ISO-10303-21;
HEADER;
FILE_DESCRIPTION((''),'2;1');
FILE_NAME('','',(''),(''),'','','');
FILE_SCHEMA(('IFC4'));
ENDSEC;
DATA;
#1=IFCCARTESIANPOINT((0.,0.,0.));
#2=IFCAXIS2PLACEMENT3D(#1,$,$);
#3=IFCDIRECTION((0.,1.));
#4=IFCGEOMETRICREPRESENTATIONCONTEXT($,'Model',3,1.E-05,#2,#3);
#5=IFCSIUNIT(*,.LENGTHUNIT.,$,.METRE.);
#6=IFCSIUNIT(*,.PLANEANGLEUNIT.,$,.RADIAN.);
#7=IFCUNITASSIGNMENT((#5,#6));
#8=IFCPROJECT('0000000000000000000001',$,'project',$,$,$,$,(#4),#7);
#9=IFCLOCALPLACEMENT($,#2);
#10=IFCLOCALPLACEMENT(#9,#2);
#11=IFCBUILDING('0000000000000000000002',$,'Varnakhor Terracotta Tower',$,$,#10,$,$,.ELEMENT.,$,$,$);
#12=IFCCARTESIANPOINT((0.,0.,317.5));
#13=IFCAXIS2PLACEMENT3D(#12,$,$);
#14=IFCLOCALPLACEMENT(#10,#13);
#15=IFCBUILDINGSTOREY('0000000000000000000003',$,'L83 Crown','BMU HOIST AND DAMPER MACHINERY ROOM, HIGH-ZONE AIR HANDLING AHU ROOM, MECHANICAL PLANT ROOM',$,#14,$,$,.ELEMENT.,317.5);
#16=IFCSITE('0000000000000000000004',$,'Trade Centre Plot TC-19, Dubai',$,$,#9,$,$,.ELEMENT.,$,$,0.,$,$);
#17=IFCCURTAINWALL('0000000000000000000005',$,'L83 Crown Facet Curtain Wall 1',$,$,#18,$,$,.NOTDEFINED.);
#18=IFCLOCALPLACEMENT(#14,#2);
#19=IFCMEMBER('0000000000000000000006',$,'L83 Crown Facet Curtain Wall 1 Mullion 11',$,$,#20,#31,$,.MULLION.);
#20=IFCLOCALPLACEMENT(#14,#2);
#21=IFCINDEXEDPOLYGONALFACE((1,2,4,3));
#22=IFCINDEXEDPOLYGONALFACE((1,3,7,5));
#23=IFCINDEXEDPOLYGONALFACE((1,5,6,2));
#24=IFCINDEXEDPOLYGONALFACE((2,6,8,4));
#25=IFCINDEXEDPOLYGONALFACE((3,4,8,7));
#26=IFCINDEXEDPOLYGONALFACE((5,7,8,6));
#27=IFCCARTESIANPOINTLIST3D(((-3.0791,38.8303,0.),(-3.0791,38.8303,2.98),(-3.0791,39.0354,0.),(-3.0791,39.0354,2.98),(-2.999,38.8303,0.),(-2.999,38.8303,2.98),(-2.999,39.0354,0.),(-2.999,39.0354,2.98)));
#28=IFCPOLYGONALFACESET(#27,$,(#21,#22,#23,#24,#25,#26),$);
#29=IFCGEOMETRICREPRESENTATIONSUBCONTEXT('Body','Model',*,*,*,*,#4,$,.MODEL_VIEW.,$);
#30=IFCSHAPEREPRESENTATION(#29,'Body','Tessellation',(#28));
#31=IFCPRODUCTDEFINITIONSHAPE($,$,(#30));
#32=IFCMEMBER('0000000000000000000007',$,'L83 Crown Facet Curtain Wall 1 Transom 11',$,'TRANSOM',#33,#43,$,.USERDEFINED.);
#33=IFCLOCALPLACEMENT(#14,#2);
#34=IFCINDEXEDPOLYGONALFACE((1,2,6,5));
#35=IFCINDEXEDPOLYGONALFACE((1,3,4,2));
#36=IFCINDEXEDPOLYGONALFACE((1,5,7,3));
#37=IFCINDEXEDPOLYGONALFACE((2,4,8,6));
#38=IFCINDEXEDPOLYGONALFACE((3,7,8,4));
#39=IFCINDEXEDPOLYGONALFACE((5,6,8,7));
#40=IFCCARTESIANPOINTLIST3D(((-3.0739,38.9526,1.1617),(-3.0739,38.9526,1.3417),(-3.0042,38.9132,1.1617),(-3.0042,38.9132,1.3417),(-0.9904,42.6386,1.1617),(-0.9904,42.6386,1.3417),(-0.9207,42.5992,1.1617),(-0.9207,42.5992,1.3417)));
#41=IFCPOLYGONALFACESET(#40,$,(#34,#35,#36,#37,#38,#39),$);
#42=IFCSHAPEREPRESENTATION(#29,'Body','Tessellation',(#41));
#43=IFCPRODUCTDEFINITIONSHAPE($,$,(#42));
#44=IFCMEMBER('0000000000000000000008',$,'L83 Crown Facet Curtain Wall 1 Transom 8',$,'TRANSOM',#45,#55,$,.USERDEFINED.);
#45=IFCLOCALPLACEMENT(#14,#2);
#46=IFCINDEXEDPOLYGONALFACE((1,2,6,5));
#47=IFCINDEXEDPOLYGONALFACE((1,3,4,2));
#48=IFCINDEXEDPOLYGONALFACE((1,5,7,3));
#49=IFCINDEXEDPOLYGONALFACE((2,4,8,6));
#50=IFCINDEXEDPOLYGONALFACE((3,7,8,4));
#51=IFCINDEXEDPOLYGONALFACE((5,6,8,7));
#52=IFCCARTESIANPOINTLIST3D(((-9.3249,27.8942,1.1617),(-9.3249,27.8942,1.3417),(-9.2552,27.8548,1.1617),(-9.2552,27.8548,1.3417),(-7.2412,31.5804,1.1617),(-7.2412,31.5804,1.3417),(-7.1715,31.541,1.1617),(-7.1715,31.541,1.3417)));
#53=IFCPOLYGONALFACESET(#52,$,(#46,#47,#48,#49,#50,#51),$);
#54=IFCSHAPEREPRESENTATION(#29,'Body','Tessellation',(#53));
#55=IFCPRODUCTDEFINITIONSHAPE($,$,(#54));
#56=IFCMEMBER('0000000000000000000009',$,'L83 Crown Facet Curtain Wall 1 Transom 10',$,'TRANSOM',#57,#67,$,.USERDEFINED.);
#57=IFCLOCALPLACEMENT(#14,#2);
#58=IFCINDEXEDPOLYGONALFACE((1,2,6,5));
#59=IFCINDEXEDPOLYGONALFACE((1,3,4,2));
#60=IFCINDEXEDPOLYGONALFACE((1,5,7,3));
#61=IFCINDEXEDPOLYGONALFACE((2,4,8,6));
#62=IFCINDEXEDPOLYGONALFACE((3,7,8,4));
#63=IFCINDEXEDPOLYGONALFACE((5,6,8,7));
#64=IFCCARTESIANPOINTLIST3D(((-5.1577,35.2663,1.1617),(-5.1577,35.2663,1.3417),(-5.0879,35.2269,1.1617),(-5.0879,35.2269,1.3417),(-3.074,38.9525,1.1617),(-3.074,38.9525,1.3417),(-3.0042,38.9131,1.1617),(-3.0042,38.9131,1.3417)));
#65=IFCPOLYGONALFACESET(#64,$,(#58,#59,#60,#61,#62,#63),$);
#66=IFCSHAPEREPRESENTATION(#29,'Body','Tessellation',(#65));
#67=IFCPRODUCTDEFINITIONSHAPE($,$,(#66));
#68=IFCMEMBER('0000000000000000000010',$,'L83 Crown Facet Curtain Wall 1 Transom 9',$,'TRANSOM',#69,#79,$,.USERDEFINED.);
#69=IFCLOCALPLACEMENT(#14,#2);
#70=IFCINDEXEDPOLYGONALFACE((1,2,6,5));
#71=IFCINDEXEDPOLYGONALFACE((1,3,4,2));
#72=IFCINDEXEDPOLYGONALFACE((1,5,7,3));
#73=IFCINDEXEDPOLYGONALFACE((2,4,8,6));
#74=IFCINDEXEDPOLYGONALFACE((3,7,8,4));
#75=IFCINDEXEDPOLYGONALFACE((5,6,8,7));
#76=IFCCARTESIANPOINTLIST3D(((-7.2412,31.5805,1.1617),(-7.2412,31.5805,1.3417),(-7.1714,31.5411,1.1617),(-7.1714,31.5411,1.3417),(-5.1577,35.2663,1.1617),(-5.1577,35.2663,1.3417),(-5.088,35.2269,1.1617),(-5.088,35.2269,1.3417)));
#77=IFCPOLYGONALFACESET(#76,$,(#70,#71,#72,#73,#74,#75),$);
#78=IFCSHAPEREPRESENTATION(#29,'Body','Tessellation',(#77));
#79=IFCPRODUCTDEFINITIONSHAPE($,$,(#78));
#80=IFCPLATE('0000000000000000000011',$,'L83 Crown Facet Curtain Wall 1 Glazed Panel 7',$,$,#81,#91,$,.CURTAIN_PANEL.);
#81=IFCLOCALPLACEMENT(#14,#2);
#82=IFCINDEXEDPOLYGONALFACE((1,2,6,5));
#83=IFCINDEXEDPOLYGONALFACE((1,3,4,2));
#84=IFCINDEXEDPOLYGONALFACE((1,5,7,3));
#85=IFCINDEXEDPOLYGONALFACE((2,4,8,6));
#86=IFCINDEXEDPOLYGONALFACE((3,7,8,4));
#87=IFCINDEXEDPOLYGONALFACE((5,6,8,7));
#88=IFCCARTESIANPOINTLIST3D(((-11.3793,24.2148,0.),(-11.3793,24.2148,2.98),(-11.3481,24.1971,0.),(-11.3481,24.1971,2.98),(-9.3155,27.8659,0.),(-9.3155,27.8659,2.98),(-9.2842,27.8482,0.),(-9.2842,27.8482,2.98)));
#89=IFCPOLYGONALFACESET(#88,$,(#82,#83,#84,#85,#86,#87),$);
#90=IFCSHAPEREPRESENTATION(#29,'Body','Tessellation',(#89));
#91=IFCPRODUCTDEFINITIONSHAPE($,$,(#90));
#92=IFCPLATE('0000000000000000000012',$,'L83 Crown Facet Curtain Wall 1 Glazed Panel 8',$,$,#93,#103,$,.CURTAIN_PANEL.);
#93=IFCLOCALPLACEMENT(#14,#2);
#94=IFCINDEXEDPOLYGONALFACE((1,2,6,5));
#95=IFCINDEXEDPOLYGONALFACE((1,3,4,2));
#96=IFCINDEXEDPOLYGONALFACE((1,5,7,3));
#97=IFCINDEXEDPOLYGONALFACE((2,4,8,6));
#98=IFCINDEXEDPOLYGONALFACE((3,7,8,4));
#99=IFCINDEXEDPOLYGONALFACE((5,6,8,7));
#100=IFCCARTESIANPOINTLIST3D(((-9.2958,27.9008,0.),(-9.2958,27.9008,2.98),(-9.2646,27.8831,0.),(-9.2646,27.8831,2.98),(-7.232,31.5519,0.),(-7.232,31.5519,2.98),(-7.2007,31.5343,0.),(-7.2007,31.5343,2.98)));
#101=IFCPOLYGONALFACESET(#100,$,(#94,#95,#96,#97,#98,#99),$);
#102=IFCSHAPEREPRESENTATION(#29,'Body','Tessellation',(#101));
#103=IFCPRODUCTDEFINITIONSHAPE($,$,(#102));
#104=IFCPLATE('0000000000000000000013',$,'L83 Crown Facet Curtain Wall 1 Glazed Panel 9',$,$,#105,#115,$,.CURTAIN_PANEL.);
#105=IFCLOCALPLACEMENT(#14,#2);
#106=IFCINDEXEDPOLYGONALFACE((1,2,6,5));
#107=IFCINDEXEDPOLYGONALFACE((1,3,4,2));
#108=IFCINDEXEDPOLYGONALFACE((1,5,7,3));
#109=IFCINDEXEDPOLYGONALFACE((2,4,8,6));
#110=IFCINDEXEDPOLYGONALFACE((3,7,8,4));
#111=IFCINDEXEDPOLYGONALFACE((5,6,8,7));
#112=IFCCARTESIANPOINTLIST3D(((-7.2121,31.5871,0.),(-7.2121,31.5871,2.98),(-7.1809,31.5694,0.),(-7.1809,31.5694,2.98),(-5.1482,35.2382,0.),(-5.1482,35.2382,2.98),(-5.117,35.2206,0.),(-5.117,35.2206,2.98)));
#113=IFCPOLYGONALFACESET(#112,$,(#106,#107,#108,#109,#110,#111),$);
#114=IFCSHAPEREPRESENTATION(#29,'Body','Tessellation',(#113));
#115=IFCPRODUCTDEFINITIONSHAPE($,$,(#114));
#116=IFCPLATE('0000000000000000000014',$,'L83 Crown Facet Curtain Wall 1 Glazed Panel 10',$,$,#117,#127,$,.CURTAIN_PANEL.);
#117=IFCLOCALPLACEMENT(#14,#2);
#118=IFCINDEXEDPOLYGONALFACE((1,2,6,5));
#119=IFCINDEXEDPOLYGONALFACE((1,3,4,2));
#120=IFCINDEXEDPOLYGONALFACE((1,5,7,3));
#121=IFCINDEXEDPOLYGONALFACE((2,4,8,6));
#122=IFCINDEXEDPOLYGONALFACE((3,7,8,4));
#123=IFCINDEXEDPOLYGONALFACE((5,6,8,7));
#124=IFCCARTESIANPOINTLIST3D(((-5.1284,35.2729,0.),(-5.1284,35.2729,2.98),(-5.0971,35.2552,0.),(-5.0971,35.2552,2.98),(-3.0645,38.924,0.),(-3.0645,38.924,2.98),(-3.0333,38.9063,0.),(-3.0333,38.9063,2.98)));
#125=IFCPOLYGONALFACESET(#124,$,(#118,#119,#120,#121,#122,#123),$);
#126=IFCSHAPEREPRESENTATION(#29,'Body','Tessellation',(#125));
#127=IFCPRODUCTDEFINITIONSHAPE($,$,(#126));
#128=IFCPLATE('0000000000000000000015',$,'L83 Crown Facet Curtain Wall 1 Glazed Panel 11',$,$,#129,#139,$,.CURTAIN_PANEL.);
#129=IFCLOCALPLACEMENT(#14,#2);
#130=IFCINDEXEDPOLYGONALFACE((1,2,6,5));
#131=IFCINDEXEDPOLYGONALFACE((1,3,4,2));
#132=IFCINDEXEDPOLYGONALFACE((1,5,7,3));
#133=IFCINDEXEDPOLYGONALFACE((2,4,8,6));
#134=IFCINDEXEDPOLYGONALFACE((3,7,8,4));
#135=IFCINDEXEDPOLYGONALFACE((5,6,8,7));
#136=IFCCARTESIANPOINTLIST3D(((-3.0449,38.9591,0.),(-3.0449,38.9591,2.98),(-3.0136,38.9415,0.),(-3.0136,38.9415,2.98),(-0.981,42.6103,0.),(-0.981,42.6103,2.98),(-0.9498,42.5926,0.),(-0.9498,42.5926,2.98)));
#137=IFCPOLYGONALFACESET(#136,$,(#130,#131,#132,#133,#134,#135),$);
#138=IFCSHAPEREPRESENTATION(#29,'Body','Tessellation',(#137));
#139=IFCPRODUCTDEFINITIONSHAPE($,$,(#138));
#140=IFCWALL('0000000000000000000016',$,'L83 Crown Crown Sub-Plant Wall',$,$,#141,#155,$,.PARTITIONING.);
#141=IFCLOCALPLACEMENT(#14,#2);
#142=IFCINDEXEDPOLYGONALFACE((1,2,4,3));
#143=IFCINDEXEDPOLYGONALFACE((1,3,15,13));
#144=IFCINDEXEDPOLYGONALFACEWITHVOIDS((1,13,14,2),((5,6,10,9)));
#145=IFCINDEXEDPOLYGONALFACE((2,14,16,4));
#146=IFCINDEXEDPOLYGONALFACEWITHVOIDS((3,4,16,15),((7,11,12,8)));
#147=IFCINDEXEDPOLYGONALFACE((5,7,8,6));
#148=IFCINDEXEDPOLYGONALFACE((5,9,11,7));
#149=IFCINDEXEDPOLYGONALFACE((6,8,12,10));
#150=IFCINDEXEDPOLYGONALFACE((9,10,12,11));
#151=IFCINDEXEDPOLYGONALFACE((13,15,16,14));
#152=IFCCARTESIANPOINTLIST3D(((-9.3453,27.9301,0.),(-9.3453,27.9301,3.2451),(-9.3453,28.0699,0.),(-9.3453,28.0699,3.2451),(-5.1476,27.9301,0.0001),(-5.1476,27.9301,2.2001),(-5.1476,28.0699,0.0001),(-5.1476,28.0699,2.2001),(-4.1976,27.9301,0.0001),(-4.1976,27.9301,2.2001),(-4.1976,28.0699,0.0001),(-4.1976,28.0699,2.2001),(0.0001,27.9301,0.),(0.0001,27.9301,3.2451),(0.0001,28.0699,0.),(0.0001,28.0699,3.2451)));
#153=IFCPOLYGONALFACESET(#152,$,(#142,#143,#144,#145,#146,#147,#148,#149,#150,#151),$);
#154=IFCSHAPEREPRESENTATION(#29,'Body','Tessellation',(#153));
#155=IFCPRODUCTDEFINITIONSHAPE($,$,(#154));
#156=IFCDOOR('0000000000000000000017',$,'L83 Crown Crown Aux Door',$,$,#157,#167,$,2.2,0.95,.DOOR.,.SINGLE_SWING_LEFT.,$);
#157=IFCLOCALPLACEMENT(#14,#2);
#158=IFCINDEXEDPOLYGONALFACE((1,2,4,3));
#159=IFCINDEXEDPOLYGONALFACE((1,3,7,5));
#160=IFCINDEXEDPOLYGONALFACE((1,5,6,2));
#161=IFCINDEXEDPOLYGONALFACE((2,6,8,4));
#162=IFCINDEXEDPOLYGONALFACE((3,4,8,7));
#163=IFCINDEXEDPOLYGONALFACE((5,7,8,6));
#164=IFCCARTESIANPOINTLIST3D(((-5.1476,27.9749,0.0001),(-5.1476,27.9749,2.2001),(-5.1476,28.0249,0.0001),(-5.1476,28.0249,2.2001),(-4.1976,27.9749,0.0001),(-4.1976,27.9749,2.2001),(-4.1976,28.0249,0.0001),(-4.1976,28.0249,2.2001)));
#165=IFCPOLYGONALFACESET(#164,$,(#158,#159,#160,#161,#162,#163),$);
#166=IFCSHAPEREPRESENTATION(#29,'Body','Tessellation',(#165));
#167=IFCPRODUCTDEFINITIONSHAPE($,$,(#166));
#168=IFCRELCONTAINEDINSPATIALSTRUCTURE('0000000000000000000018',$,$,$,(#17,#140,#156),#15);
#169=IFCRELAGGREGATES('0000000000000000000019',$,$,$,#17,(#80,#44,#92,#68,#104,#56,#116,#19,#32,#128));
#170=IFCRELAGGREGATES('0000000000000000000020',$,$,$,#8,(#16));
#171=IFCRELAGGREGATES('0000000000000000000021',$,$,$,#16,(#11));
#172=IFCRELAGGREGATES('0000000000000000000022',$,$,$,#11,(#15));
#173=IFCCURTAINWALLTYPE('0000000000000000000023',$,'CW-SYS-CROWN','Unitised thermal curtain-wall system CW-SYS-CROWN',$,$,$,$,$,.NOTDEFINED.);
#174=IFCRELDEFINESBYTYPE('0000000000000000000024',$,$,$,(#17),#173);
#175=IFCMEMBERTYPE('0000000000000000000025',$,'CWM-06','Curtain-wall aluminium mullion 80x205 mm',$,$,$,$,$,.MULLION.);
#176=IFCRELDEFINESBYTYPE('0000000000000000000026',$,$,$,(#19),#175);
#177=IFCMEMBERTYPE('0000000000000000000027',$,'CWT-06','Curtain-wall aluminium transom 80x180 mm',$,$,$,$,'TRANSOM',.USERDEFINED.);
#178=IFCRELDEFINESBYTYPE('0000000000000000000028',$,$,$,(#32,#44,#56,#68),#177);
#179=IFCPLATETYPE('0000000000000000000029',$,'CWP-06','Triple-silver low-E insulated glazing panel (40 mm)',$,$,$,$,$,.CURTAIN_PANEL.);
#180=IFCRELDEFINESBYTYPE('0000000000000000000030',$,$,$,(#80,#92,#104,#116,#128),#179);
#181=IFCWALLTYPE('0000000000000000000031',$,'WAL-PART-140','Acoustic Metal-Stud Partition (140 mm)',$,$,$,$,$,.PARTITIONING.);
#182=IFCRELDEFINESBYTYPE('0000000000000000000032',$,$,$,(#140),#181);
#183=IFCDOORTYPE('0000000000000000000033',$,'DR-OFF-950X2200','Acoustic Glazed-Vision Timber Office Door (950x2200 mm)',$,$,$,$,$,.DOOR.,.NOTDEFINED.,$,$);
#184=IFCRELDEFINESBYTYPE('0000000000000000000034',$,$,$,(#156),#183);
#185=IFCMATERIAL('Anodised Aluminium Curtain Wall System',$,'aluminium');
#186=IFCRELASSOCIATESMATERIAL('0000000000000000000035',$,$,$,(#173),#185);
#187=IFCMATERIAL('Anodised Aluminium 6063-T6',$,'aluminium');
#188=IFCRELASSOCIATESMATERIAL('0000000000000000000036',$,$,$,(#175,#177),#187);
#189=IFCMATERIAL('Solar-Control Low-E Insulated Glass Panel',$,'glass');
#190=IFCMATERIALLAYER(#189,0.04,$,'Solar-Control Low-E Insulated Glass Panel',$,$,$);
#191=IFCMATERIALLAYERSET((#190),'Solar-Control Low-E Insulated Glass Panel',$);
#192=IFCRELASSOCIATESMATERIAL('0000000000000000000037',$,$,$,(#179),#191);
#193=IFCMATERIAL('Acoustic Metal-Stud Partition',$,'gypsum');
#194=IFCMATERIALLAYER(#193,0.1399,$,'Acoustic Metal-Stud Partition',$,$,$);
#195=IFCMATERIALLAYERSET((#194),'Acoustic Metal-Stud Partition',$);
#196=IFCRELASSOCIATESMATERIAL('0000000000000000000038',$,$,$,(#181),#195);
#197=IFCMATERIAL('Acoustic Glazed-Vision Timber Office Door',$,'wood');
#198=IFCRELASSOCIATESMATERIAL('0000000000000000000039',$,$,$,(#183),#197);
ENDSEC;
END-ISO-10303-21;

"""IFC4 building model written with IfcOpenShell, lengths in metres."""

from ifc_helpers import new_model, si_unit, direction, frame, frame_2d, origin, origin_2d, place, context, subcontext, project, spatial, rectangle, extrude, source, transform, mapped, material, layer, layer_set, material_profile, profile_set, type_object, type_shapes, element, fill, aggregate, save


model = new_model("IFC4")

# Units and contexts
model_context = context("Model", 3, precision=1e-05, world=origin(), true_north=direction((0.0, 1.0)))
body_context = subcontext(model_context, "Body", "Model", "MODEL_VIEW")
ifc_project = project(units=[si_unit("LENGTHUNIT", "METRE"), si_unit("PLANEANGLEUNIT", "RADIAN")], contexts=[model_context])

# Site, building, storey
site_placement = place(None, origin())
site = spatial("IfcSite", under=ifc_project, at=site_placement, Name="Trade Centre Plot TC-19, Dubai", CompositionType="ELEMENT", RefElevation=0.0)
building_placement = place(site_placement, origin())
building = spatial("IfcBuilding", under=site, at=building_placement, Name="Varnakhor Terracotta Tower", CompositionType="ELEMENT")
storey_placement = place(building_placement, frame((0.0, 0.0, 317.5)))
storey = spatial("IfcBuildingStorey", under=building, at=storey_placement, Name="L83 Crown", Description="BMU HOIST AND DAMPER MACHINERY ROOM, HIGH-ZONE AIR HANDLING AHU ROOM, MECHANICAL PLANT ROOM", CompositionType="ELEMENT", Elevation=317.5)

# Curtain wall, members, plates
ifc_material_1 = material(Name="Anodised Aluminium Curtain Wall System", Category="aluminium")
curtain_wall_type = type_object("IfcCurtainWallType", Name="CW-SYS-CROWN", Description="Unitised thermal curtain-wall system CW-SYS-CROWN", PredefinedType="NOTDEFINED", material=ifc_material_1)
curtain_wall_placement = place(storey_placement, origin())
curtain_wall = element("IfcCurtainWall", 1, at=curtain_wall_placement, inside=storey, type_object=curtain_wall_type, Name="L83 Crown Facet Curtain Wall 1", PredefinedType="NOTDEFINED")
ifc_material_2 = material(Name="Anodised Aluminium 6063-T6", Category="aluminium")
ifc_material_profile_1 = material_profile(ifc_material_2, rectangle(XDim=0.0801, YDim=0.2051, at=origin_2d()), Name="ALU MULLION 80x205")
ifc_profile_set_1 = profile_set([ifc_material_profile_1], Name="Anodised Aluminium 6063-T6")
member_type_1 = type_object("IfcMemberType", Name="CWM-06", Description="Curtain-wall aluminium mullion 80x205 mm", PredefinedType="MULLION", material=ifc_profile_set_1)
shared_shape_1 = source(origin(), body_context, "Body", "SweptSolid", [
    extrude(rectangle(XDim=0.0801, YDim=0.2051, at=origin_2d()), origin(), (0.0, 0.0, 1.0), 2.98),
])
type_shapes(member_type_1, [shared_shape_1])
member_1_placement = place(storey_placement, frame((-3.0391, 38.9329, 0.0), z_axis=(0.0, 0.0, 1.0), x_axis=(1.0, 0.0, 0.0)))
member_1 = element("IfcMember", 2, at=member_1_placement, type_object=member_type_1, Name="L83 Crown Facet Curtain Wall 1 Mullion 11", PredefinedType="MULLION", context=body_context, shape_type="MappedRepresentation", body=[
    mapped(shared_shape_1, transform((0.0, 0.0, 0.0), scale=1.0)),
])
ifc_material_profile_2 = material_profile(ifc_material_2, rectangle(XDim=0.0801, YDim=0.1799, at=origin_2d()), Name="ALU TRANSOM 80x180")
ifc_profile_set_2 = profile_set([ifc_material_profile_2], Name="Anodised Aluminium 6063-T6")
member_type_2 = type_object("IfcMemberType", Name="CWT-06", Description="Curtain-wall aluminium transom 80x180 mm", ElementType="TRANSOM", PredefinedType="USERDEFINED", material=ifc_profile_set_2)
shared_shape_2 = source(origin(), body_context, "Body", "SweptSolid", [
    extrude(rectangle(XDim=0.0801, YDim=0.1799, at=origin_2d()), origin(), (0.0, 0.0, 1.0), 4.2341),
])
member_2_placement = place(storey_placement, frame((-3.0391, 38.9329, 1.2517), z_axis=(0.492072, 0.870554, 0.0), x_axis=(-0.870554, 0.492072, 0.0)))
member_2 = element("IfcMember", 3, at=member_2_placement, type_object=member_type_2, Name="L83 Crown Facet Curtain Wall 1 Transom 11", ObjectType="TRANSOM", PredefinedType="USERDEFINED", context=body_context, shape_type="MappedRepresentation", body=[
    mapped(shared_shape_2, transform((0.0, 0.0, 0.0), scale=1.0)),
])
shared_shape_3 = source(origin(), body_context, "Body", "SweptSolid", [
    extrude(rectangle(XDim=0.0801, YDim=0.1799, at=origin_2d()), origin(), (0.0, 0.0, 1.0), 4.2344),
])
member_3_placement = place(storey_placement, frame((-9.29, 27.8745, 1.2517), z_axis=(0.492091, 0.870544, 0.0), x_axis=(-0.870544, 0.492091, 0.0)))
member_3 = element("IfcMember", 4, at=member_3_placement, type_object=member_type_2, Name="L83 Crown Facet Curtain Wall 1 Transom 8", ObjectType="TRANSOM", PredefinedType="USERDEFINED", context=body_context, shape_type="MappedRepresentation", body=[
    mapped(shared_shape_3, transform((0.0, 0.0, 0.0), scale=1.0)),
])
member_4_placement = place(storey_placement, frame((-5.1228, 35.2466, 1.2517), z_axis=(0.492091, 0.870544, 0.0), x_axis=(-0.870544, 0.492091, 0.0)))
member_4 = element("IfcMember", 5, at=member_4_placement, type_object=member_type_2, Name="L83 Crown Facet Curtain Wall 1 Transom 10", ObjectType="TRANSOM", PredefinedType="USERDEFINED", context=body_context, shape_type="MappedRepresentation", body=[
    mapped(shared_shape_3, transform((0.0, 0.0, 0.0), scale=1.0)),
])
shared_shape_4 = source(origin(), body_context, "Body", "SweptSolid", [
    extrude(rectangle(XDim=0.0801, YDim=0.1799, at=origin_2d()), origin(), (0.0, 0.0, 1.0), 4.2339),
])
member_5_placement = place(storey_placement, frame((-7.2063, 31.5608, 1.2517), z_axis=(0.492097, 0.87054, 0.0), x_axis=(-0.87054, 0.492097, 0.0)))
member_5 = element("IfcMember", 6, at=member_5_placement, type_object=member_type_2, Name="L83 Crown Facet Curtain Wall 1 Transom 9", ObjectType="TRANSOM", PredefinedType="USERDEFINED", context=body_context, shape_type="MappedRepresentation", body=[
    mapped(shared_shape_4, transform((0.0, 0.0, 0.0), scale=1.0)),
])
ifc_material_3 = material(Name="Solar-Control Low-E Insulated Glass Panel", Category="glass")
ifc_layer_1 = layer(ifc_material_3, 0.04, Name="Solar-Control Low-E Insulated Glass Panel")
ifc_layer_set_1 = layer_set([ifc_layer_1], Name="Solar-Control Low-E Insulated Glass Panel")
plate_type = type_object("IfcPlateType", Name="CWP-06", Description="Triple-silver low-E insulated glazing panel (40 mm)", PredefinedType="CURTAIN_PANEL", material=ifc_layer_set_1)
shared_shape_5 = source(origin(), body_context, "Body", "SweptSolid", [
    extrude(rectangle(XDim=4.1941, YDim=0.0359, at=origin_2d()), origin(), (0.0, 0.0, 1.0), 2.98),
])
plate_1_placement = place(storey_placement, frame((-10.3318, 26.0315, 0.0), z_axis=(0.0, 0.0, 1.0), x_axis=(0.492089, 0.870545, 0.0)))
plate_1 = element("IfcPlate", 7, at=plate_1_placement, type_object=plate_type, Name="L83 Crown Facet Curtain Wall 1 Glazed Panel 7", PredefinedType="CURTAIN_PANEL", context=body_context, shape_type="MappedRepresentation", body=[
    mapped(shared_shape_5, transform((0.0, 0.0, 0.0), scale=1.0)),
])
plate_2_placement = place(storey_placement, frame((-8.2483, 29.7175, 0.0), z_axis=(0.0, 0.0, 1.0), x_axis=(0.492089, 0.870545, 0.0)))
plate_2 = element("IfcPlate", 8, at=plate_2_placement, type_object=plate_type, Name="L83 Crown Facet Curtain Wall 1 Glazed Panel 8", PredefinedType="CURTAIN_PANEL", context=body_context, shape_type="MappedRepresentation", body=[
    mapped(shared_shape_5, transform((0.0, 0.0, 0.0), scale=1.0)),
])
plate_3_placement = place(storey_placement, frame((-6.1646, 33.4038, 0.0), z_axis=(0.0, 0.0, 1.0), x_axis=(0.492089, 0.870545, 0.0)))
plate_3 = element("IfcPlate", 9, at=plate_3_placement, type_object=plate_type, Name="L83 Crown Facet Curtain Wall 1 Glazed Panel 9", PredefinedType="CURTAIN_PANEL", context=body_context, shape_type="MappedRepresentation", body=[
    mapped(shared_shape_5, transform((0.0, 0.0, 0.0), scale=1.0)),
])
plate_4_placement = place(storey_placement, frame((-4.0808, 37.0896, 0.0), z_axis=(0.0, 0.0, 1.0), x_axis=(0.492089, 0.870545, 0.0)))
plate_4 = element("IfcPlate", 10, at=plate_4_placement, type_object=plate_type, Name="L83 Crown Facet Curtain Wall 1 Glazed Panel 10", PredefinedType="CURTAIN_PANEL", context=body_context, shape_type="MappedRepresentation", body=[
    mapped(shared_shape_5, transform((0.0, 0.0, 0.0), scale=1.0)),
])
plate_5_placement = place(storey_placement, frame((-1.9973, 40.7759, 0.0), z_axis=(0.0, 0.0, 1.0), x_axis=(0.492089, 0.870545, 0.0)))
plate_5 = element("IfcPlate", 11, at=plate_5_placement, type_object=plate_type, Name="L83 Crown Facet Curtain Wall 1 Glazed Panel 11", PredefinedType="CURTAIN_PANEL", context=body_context, shape_type="MappedRepresentation", body=[
    mapped(shared_shape_5, transform((0.0, 0.0, 0.0), scale=1.0)),
])
aggregate(curtain_wall, [plate_1, member_3, plate_2, member_5, plate_3, member_4, plate_4, member_1, member_2, plate_5])

# Wall, opening, door
ifc_material_4 = material(Name="Acoustic Metal-Stud Partition", Category="gypsum")
ifc_layer_2 = layer(ifc_material_4, 0.1399, Name="Acoustic Metal-Stud Partition")
ifc_layer_set_2 = layer_set([ifc_layer_2], Name="Acoustic Metal-Stud Partition")
wall_type = type_object("IfcWallType", Name="WAL-PART-140", Description="Acoustic Metal-Stud Partition (140 mm)", PredefinedType="PARTITIONING", material=ifc_layer_set_2)
wall_placement = place(storey_placement, frame((-9.3455, 28.0, 0.0), z_axis=(0.0, 0.0, 1.0), x_axis=(1.0, 0.0, 0.0)))
wall = element("IfcWall", 12, at=wall_placement, inside=storey, type_object=wall_type, Name="L83 Crown Crown Sub-Plant Wall", PredefinedType="PARTITIONING", context=body_context, shape_type="SweptSolid", body=[
    extrude(rectangle(XDim=9.3455, YDim=0.1399, at=frame_2d((4.6729, 0.0))), origin(), (0.0, 0.0, 1.0), 3.2451),
])
opening_placement = place(wall_placement, frame((4.1978, 0.0, 0.0)))
opening = element("IfcOpeningElement", 13, at=opening_placement, cuts=wall, PredefinedType="OPENING", context=body_context, shape_type="SweptSolid", body=[
    extrude(rectangle(XDim=0.95, YDim=2.2, at=frame_2d((0.4751, 1.1001))), frame((0.0, 0.0801, 0.0), z_axis=(0.0, -1.0, 0.0), x_axis=(1.0, 0.0, 0.0)), (0.0, 0.0, 1.0), 0.1599),
])
ifc_material_5 = material(Name="Acoustic Glazed-Vision Timber Office Door", Category="wood")
door_type = type_object("IfcDoorType", Name="DR-OFF-950X2200", Description="Acoustic Glazed-Vision Timber Office Door (950x2200 mm)", OperationType="NOTDEFINED", PredefinedType="DOOR", material=ifc_material_5)
shared_shape_6 = source(origin(), body_context, "Body", "SweptSolid", [
    extrude(rectangle(XDim=0.95, YDim=2.2, at=frame_2d((0.4751, 1.1001))), frame((0.0, 0.0249, 0.0), z_axis=(0.0, -1.0, 0.0), x_axis=(1.0, 0.0, 0.0)), (0.0, 0.0, 1.0), 0.05),
])
type_shapes(door_type, [shared_shape_6])
door_placement = place(opening_placement, origin())
door = element("IfcDoor", 14, at=door_placement, inside=storey, type_object=door_type, Name="L83 Crown Crown Aux Door", OperationType="SINGLE_SWING_LEFT", OverallHeight=2.2, OverallWidth=0.95, PredefinedType="DOOR", context=body_context, shape_type="MappedRepresentation", body=[
    mapped(shared_shape_6, transform((0.0, 0.0, 0.0), scale=1.0)),
])
fill(opening, door)

save(model, "model.ifc")
